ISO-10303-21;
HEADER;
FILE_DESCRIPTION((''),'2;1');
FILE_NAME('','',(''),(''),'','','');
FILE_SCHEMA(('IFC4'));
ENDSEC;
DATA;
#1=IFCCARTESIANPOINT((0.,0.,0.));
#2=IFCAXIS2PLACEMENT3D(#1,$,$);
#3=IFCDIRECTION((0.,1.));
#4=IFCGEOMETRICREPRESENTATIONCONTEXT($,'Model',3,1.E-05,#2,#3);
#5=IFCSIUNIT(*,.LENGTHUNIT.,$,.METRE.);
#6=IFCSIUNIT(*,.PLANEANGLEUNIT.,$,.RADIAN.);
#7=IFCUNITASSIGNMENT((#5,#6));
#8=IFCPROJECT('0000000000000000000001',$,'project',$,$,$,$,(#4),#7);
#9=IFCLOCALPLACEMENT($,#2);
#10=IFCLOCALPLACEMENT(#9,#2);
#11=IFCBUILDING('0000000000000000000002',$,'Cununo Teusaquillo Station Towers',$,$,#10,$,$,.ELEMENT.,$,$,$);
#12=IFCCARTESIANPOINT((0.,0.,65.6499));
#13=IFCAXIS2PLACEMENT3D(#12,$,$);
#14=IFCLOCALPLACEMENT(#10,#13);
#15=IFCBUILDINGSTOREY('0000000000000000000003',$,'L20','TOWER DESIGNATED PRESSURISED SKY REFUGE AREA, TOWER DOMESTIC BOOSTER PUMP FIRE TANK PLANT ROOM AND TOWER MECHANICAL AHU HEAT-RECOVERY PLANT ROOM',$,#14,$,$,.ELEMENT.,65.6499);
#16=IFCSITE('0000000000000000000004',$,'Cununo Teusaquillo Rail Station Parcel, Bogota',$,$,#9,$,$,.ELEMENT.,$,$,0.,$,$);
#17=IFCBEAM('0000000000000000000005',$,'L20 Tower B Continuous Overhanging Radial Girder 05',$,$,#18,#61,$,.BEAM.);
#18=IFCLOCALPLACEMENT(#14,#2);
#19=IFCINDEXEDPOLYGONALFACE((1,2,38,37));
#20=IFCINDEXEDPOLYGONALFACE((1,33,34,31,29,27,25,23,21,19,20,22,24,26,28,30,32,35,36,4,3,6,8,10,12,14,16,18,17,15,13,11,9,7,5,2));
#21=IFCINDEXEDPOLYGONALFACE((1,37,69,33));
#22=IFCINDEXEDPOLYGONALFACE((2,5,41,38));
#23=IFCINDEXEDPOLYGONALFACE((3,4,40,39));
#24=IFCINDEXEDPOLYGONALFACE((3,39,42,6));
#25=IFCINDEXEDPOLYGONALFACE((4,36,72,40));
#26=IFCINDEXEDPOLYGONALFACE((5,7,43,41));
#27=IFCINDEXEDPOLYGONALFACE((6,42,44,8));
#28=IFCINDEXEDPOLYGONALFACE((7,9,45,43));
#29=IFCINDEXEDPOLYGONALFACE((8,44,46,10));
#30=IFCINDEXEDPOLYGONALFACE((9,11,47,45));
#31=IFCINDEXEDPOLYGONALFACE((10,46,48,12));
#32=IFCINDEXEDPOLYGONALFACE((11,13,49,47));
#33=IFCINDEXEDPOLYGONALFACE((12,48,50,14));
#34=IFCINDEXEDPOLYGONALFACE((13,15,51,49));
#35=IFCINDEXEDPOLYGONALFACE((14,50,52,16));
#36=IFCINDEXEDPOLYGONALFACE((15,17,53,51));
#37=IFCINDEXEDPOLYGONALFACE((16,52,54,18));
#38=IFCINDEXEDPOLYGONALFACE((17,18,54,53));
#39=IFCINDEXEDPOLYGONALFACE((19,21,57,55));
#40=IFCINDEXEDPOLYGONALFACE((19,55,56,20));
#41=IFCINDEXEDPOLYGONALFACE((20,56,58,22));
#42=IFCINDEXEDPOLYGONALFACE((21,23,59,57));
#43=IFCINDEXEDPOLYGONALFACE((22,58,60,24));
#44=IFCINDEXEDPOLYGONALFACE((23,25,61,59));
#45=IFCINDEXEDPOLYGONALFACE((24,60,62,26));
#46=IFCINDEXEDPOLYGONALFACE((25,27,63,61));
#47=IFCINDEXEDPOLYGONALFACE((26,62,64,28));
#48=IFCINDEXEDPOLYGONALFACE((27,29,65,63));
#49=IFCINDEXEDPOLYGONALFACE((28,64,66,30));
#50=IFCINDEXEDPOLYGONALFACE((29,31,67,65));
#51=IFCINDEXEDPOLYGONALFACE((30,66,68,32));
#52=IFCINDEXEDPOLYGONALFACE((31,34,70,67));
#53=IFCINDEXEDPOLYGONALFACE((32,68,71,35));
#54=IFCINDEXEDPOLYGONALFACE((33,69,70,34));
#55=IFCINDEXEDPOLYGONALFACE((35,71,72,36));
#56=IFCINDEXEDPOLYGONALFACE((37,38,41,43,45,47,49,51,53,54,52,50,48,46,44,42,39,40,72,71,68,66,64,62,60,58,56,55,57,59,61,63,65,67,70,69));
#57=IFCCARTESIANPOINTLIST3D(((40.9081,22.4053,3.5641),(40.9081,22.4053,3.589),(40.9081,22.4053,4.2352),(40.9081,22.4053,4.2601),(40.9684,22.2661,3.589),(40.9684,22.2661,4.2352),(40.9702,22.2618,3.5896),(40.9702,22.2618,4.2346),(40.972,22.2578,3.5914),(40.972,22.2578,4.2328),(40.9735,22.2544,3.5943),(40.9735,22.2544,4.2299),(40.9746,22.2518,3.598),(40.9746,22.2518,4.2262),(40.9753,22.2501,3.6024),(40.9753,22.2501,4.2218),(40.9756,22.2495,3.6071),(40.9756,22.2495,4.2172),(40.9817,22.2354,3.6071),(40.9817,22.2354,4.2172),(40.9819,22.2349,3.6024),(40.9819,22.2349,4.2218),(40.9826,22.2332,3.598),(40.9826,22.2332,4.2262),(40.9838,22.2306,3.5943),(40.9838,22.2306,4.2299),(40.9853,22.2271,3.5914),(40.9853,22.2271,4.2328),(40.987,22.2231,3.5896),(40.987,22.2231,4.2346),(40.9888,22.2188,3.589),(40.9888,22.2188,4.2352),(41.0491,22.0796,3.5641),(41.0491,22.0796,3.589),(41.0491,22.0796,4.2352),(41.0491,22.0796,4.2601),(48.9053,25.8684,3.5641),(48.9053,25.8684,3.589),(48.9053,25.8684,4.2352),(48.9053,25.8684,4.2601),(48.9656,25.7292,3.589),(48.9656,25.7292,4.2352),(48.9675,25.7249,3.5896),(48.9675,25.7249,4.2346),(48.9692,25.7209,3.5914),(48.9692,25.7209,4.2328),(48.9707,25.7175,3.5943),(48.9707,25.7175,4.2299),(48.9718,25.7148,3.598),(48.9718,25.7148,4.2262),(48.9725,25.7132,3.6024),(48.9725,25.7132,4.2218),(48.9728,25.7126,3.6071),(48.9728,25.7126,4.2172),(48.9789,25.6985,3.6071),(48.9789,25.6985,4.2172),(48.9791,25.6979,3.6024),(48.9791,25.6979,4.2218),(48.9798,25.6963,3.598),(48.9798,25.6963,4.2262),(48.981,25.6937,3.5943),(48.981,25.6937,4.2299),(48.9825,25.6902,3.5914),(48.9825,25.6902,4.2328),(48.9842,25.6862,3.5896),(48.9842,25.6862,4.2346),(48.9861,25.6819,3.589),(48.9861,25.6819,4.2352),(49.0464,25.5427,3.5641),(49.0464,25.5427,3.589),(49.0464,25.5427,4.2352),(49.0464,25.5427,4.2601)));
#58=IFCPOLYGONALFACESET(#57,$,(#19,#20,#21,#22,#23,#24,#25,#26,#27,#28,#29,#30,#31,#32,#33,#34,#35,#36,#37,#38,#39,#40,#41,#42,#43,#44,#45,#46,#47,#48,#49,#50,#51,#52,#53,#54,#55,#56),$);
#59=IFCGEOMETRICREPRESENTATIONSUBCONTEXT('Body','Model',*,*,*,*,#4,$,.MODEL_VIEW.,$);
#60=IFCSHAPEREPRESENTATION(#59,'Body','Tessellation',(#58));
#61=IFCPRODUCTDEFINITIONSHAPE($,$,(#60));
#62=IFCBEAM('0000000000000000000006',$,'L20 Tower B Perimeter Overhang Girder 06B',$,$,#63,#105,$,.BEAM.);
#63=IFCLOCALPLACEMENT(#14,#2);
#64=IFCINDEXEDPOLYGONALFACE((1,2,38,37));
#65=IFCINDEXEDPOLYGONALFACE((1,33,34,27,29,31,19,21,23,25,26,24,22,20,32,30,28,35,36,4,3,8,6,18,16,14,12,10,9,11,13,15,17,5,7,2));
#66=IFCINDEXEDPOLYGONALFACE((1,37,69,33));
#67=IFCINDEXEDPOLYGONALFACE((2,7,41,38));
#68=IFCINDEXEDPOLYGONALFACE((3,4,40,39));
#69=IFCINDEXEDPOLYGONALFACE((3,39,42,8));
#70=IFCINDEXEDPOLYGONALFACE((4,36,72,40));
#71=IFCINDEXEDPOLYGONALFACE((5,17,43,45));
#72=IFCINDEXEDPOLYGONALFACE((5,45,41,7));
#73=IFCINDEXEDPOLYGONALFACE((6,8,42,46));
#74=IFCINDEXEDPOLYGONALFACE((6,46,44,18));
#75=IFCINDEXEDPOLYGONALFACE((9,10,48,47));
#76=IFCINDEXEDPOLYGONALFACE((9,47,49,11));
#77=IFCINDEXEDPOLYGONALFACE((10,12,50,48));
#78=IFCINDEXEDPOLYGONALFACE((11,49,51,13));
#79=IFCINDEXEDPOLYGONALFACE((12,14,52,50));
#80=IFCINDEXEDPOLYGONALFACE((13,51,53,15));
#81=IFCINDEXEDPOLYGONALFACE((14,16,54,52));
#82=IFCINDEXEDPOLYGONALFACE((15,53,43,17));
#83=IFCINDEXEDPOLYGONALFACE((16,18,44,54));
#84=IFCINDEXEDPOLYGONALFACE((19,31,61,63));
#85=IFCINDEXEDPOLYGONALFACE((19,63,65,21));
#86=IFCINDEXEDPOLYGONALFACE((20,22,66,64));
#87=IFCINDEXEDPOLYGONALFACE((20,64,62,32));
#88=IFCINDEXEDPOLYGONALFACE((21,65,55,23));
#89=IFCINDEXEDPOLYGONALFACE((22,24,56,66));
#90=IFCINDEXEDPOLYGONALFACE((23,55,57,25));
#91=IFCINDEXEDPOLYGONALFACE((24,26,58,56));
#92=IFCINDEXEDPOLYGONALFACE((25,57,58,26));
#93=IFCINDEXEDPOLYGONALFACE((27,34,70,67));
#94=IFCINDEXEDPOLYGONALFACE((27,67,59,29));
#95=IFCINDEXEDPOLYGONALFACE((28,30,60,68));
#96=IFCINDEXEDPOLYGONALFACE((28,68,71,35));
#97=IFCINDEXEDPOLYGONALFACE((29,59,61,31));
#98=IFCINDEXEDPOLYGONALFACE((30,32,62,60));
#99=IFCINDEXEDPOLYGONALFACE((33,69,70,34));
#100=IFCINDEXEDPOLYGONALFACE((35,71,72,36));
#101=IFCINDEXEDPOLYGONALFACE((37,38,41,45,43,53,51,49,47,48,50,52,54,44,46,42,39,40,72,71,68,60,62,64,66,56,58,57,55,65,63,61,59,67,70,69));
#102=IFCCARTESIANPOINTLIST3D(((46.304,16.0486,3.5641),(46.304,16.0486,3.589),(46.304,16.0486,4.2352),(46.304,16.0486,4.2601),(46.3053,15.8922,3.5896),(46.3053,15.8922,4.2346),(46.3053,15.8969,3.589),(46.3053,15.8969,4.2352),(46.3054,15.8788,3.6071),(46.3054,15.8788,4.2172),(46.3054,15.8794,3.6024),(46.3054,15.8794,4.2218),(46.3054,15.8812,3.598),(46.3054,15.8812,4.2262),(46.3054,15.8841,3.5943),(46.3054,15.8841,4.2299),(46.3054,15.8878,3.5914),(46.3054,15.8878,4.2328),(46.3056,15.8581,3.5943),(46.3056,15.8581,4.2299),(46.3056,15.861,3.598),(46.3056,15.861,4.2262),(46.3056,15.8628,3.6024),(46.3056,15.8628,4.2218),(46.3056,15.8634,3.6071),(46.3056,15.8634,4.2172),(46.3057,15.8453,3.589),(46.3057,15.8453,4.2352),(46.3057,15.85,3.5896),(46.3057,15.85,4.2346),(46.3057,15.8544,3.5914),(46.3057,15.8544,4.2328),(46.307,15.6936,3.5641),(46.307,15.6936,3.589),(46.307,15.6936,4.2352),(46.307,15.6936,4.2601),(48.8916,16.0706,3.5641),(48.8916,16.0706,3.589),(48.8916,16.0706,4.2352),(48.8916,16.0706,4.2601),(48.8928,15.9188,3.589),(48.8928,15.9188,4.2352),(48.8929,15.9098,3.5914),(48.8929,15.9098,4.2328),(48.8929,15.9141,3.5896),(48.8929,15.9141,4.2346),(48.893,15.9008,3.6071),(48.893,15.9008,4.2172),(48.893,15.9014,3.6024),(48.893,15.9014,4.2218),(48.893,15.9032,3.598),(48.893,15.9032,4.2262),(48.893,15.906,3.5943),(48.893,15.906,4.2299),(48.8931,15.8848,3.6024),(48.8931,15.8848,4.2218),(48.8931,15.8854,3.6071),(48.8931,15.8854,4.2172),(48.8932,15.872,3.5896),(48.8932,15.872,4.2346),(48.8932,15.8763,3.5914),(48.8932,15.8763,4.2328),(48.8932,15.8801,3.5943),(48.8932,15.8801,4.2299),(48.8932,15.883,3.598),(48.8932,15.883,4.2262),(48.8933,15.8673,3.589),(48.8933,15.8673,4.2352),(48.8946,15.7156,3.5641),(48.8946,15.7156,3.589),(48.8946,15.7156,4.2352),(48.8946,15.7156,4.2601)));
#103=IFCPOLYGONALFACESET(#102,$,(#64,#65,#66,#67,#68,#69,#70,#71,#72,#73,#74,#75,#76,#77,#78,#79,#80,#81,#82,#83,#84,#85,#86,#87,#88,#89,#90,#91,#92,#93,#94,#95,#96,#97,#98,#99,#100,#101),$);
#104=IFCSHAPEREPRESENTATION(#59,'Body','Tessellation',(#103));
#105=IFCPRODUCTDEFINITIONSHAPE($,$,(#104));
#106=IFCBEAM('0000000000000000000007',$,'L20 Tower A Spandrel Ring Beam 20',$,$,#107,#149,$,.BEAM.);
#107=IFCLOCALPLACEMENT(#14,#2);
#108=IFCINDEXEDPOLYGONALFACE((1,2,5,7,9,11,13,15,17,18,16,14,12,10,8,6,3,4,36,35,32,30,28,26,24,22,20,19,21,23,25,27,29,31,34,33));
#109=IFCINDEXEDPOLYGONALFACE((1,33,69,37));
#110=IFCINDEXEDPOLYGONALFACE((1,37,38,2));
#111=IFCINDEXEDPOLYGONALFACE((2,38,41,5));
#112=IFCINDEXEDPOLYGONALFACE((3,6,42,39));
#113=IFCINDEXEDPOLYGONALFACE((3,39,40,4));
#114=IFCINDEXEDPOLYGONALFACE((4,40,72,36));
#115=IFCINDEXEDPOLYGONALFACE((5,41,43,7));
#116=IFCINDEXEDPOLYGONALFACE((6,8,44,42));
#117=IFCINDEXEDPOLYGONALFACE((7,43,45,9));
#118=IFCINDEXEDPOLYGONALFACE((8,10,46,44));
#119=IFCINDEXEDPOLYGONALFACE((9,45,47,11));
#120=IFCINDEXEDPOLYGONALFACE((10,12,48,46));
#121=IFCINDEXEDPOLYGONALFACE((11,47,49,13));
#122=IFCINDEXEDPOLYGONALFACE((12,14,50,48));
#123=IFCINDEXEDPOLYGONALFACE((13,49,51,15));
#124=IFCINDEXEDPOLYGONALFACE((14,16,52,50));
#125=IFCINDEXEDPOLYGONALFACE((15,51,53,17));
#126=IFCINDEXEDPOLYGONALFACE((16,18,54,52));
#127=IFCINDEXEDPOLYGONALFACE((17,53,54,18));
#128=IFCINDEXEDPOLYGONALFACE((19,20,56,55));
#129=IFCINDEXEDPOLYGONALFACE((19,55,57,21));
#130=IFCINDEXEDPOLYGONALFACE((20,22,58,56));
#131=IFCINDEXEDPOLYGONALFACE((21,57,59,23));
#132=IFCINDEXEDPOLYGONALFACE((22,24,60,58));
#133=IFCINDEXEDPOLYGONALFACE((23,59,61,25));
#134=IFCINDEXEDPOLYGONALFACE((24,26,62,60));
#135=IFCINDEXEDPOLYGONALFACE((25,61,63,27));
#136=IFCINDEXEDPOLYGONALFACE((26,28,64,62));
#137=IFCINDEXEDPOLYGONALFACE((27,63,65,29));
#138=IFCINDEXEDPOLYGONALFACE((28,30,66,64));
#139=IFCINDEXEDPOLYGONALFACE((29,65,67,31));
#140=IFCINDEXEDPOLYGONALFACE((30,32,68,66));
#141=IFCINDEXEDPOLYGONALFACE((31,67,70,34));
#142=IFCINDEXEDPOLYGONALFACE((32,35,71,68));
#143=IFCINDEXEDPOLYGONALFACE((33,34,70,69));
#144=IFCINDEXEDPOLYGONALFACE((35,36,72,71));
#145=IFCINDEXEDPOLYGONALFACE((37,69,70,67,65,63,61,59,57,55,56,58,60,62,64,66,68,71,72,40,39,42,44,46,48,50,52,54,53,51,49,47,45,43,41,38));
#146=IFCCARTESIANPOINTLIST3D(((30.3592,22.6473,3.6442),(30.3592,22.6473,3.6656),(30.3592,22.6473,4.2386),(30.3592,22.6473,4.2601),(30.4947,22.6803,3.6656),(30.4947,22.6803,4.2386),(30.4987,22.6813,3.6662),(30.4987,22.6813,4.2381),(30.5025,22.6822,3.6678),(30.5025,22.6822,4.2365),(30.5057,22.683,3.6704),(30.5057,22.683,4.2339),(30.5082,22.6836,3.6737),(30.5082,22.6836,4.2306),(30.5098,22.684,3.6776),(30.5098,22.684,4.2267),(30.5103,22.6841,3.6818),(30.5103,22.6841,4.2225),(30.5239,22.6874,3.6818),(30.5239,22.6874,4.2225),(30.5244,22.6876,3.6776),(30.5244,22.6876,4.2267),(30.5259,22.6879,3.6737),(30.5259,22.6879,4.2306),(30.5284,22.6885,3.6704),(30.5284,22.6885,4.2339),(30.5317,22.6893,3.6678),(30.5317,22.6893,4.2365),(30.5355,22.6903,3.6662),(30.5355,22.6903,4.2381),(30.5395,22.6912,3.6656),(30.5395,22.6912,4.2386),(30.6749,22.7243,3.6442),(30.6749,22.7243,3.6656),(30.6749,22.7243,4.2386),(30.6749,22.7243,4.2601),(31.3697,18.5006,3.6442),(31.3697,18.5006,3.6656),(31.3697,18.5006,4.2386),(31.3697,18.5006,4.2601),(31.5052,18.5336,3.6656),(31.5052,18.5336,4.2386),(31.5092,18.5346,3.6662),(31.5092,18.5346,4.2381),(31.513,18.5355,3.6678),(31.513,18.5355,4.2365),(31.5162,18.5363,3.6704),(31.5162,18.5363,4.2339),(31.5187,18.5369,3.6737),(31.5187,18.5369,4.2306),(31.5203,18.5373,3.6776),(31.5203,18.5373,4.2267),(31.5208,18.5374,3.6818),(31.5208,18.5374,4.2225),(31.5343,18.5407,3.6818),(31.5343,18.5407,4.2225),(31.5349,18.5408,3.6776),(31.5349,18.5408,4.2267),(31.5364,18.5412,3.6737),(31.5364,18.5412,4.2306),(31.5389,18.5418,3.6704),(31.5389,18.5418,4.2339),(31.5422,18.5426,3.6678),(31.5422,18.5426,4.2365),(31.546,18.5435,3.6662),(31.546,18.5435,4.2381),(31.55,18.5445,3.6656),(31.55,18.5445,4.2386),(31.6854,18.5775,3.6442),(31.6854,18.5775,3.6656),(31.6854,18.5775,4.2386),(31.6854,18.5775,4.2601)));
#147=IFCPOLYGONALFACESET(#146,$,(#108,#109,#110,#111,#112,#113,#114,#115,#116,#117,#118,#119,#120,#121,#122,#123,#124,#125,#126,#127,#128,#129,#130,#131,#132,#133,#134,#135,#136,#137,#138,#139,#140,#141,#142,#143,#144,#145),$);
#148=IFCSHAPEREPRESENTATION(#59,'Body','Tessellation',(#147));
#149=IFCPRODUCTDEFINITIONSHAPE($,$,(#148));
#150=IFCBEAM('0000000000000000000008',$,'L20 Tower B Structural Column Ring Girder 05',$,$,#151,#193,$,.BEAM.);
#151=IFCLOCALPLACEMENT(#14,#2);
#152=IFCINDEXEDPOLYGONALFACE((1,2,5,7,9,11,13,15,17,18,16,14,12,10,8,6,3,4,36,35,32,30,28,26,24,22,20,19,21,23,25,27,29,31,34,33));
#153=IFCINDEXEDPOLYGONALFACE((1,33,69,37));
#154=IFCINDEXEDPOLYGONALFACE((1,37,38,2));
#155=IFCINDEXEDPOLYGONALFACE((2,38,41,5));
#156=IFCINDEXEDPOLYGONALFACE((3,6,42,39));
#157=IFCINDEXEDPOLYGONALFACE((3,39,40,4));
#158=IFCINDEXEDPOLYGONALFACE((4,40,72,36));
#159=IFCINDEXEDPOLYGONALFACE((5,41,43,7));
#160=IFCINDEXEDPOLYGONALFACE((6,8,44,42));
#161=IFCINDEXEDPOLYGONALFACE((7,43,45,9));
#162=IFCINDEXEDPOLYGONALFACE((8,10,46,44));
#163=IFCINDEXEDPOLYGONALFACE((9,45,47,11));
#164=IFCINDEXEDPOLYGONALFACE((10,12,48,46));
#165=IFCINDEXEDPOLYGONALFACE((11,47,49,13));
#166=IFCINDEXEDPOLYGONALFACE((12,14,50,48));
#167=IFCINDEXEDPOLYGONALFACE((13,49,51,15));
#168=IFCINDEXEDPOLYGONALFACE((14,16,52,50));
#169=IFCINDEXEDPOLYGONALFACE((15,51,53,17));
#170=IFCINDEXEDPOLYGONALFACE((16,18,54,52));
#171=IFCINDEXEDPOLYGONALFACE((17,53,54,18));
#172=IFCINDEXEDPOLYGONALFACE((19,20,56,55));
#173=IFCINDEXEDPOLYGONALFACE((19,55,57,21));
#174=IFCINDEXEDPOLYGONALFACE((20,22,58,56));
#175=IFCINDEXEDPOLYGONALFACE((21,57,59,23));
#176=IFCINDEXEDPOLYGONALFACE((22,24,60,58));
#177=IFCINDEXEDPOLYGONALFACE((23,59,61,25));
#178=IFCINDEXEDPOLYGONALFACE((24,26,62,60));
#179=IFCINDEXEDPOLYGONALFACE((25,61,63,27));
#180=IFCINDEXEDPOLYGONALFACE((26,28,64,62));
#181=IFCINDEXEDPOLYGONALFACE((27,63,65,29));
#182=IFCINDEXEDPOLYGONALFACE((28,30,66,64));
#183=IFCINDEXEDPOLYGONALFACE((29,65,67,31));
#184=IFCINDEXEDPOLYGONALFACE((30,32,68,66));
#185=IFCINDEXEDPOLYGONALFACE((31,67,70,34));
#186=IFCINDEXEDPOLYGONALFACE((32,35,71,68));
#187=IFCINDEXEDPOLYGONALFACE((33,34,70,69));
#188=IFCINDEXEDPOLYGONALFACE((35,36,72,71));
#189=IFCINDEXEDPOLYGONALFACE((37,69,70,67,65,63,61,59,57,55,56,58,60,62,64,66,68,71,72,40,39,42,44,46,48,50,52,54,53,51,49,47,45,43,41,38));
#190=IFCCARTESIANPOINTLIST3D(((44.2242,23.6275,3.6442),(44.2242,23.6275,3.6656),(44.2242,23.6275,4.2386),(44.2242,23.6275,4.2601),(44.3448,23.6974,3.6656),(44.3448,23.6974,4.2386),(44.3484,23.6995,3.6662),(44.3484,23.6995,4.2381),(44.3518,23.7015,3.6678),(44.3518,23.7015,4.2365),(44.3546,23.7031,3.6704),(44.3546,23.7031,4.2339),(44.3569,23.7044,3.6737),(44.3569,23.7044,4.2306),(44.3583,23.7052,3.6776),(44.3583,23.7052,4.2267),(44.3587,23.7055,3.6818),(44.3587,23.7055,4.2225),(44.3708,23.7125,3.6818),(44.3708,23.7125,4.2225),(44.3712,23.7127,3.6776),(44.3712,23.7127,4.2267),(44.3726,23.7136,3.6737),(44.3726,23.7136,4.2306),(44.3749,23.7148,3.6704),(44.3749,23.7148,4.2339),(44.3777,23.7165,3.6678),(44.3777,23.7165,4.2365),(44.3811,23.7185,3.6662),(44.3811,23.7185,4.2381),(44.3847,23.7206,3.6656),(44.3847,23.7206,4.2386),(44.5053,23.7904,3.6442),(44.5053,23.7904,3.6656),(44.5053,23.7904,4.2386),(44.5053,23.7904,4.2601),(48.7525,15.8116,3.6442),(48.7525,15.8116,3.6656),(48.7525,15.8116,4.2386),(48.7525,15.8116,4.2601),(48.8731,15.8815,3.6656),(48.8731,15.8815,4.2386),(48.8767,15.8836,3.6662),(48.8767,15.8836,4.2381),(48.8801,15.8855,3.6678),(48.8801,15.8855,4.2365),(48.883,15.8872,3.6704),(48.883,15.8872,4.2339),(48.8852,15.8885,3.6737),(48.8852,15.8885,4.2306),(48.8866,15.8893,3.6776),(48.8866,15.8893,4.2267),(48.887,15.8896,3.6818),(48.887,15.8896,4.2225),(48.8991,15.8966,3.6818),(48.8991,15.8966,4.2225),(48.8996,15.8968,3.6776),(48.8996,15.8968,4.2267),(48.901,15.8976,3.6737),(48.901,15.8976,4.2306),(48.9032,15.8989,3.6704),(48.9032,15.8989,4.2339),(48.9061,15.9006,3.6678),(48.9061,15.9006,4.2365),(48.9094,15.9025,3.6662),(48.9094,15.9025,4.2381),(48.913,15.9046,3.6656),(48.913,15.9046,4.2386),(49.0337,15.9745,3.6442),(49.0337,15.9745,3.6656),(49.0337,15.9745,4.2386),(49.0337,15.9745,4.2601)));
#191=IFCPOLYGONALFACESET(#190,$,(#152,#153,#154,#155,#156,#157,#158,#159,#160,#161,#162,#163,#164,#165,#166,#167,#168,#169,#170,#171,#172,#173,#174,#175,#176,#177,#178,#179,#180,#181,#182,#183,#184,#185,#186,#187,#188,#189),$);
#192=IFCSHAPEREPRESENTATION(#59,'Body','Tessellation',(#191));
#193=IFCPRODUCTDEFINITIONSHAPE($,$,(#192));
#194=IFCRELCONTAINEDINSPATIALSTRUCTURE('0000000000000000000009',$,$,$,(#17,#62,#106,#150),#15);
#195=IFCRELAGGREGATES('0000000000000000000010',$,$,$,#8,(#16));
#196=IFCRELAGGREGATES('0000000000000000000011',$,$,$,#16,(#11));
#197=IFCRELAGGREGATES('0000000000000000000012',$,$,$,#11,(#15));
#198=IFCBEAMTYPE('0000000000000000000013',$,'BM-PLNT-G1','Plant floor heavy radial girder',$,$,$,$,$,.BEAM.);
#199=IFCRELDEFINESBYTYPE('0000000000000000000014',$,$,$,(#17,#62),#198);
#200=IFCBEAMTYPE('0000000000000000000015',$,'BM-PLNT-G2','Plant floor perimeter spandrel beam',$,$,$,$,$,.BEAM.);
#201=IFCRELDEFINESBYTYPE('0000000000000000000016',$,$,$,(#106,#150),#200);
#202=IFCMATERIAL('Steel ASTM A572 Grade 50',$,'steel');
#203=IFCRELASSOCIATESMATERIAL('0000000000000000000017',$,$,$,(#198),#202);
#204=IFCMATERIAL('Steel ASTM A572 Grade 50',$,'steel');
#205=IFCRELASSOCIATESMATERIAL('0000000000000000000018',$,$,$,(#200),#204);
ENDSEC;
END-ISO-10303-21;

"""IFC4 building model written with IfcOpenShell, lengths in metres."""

from ifc_helpers import new_model, si_unit, direction, frame, origin, origin_2d, place, context, subcontext, project, spatial, i_section, extrude, material, material_profile, profile_set, type_object, element, save


model = new_model("IFC4")

# Units and contexts
model_context = context("Model", 3, precision=1e-05, world=origin(), true_north=direction((0.0, 1.0)))
body_context = subcontext(model_context, "Body", "Model", "MODEL_VIEW")
ifc_project = project(units=[si_unit("LENGTHUNIT", "METRE"), si_unit("PLANEANGLEUNIT", "RADIAN")], contexts=[model_context])

# Site, building, storey
site_placement = place(None, origin())
site = spatial("IfcSite", under=ifc_project, at=site_placement, Name="Cununo Teusaquillo Rail Station Parcel, Bogota", CompositionType="ELEMENT", RefElevation=0.0)
building_placement = place(site_placement, origin())
building = spatial("IfcBuilding", under=site, at=building_placement, Name="Cununo Teusaquillo Station Towers", CompositionType="ELEMENT")
storey_placement = place(building_placement, frame((0.0, 0.0, 65.6499)))
storey = spatial("IfcBuildingStorey", under=building, at=storey_placement, Name="L20", Description="TOWER DESIGNATED PRESSURISED SKY REFUGE AREA, TOWER DOMESTIC BOOSTER PUMP FIRE TANK PLANT ROOM AND TOWER MECHANICAL AHU HEAT-RECOVERY PLANT ROOM", CompositionType="ELEMENT", Elevation=65.6499)

# Beams
ifc_material_1 = material(Name="Steel ASTM A572 Grade 50", Category="steel")
ifc_material_profile_1 = material_profile(ifc_material_1, i_section(OverallWidth=0.355, OverallDepth=0.696, WebThickness=0.0154, FlangeThickness=0.0249, FilletRadius=0.0181, at=origin_2d()), Name="W27X146")
ifc_profile_set_1 = profile_set([ifc_material_profile_1], Name="Steel ASTM A572 Grade 50")
beam_type_1 = type_object("IfcBeamType", Name="BM-PLNT-G1", Description="Plant floor heavy radial girder", PredefinedType="BEAM", material=ifc_profile_set_1)
beam_1_placement = place(storey_placement, frame((48.9758, 25.7056, 3.9121), z_axis=(-0.917655, -0.397379, 0.0), x_axis=(0.397379, -0.917655, 0.0)))
element("IfcBeam", 1, at=beam_1_placement, inside=storey, type_object=beam_type_1, Name="L20 Tower B Continuous Overhanging Radial Girder 05", PredefinedType="BEAM", context=body_context, shape_type="SweptSolid", body=[
    extrude(i_section(OverallWidth=0.355, OverallDepth=0.696, WebThickness=0.0154, FlangeThickness=0.0249, FilletRadius=0.0181, at=origin_2d()), origin(), (0.0, 0.0, 1.0), 8.7148),
])
beam_2_placement = place(storey_placement, frame((48.8931, 15.8931, 3.9121), z_axis=(-0.999964, -0.008491, 0.0), x_axis=(0.008491, -0.999964, 0.0)))
element("IfcBeam", 2, at=beam_2_placement, inside=storey, type_object=beam_type_1, Name="L20 Tower B Perimeter Overhang Girder 06B", PredefinedType="BEAM", context=body_context, shape_type="SweptSolid", body=[
    extrude(i_section(OverallWidth=0.355, OverallDepth=0.696, WebThickness=0.0154, FlangeThickness=0.0249, FilletRadius=0.0181, at=origin_2d()), origin(), (0.0, 0.0, 1.0), 2.5876),
])
ifc_material_2 = material(Name="Steel ASTM A572 Grade 50", Category="steel")
ifc_material_profile_2 = material_profile(ifc_material_2, i_section(OverallWidth=0.325, OverallDepth=0.616, WebThickness=0.0139, FlangeThickness=0.0215, FilletRadius=0.0161, at=origin_2d()), Name="W24X117")
ifc_profile_set_2 = profile_set([ifc_material_profile_2], Name="Steel ASTM A572 Grade 50")
beam_type_2 = type_object("IfcBeamType", Name="BM-PLNT-G2", Description="Plant floor perimeter spandrel beam", PredefinedType="BEAM", material=ifc_profile_set_2)
beam_3_placement = place(storey_placement, frame((31.5276, 18.5391, 3.9521), z_axis=(-0.236757, 0.971569, 0.0), x_axis=(-0.971569, -0.236757, 0.0)))
element("IfcBeam", 3, at=beam_3_placement, inside=storey, type_object=beam_type_2, Name="L20 Tower A Spandrel Ring Beam 20", PredefinedType="BEAM", context=body_context, shape_type="SweptSolid", body=[
    extrude(i_section(OverallWidth=0.325, OverallDepth=0.616, WebThickness=0.0139, FlangeThickness=0.0215, FilletRadius=0.0161, at=origin_2d()), origin(), (0.0, 0.0, 1.0), 4.2681),
])
for number, where, z_axis, x_axis, name in (
    (4, (44.3647, 23.709, 3.9521), (0.501311, -0.865267, 0.0), (0.865267, 0.501311, 0.0), "L20 Tower B Structural Column Ring Girder 05"),
):
    element("IfcBeam", number, at=place(storey_placement, frame(where, z_axis=z_axis, x_axis=x_axis)), inside=storey, type_object=beam_type_2, Name=name, PredefinedType="BEAM", context=body_context, shape_type="SweptSolid", body=[
        extrude(i_section(OverallWidth=0.325, OverallDepth=0.616, WebThickness=0.0139, FlangeThickness=0.0215, FilletRadius=0.0161, at=origin_2d()), origin(), (0.0, 0.0, 1.0), 9.033),
    ])

save(model, "model.ifc")
